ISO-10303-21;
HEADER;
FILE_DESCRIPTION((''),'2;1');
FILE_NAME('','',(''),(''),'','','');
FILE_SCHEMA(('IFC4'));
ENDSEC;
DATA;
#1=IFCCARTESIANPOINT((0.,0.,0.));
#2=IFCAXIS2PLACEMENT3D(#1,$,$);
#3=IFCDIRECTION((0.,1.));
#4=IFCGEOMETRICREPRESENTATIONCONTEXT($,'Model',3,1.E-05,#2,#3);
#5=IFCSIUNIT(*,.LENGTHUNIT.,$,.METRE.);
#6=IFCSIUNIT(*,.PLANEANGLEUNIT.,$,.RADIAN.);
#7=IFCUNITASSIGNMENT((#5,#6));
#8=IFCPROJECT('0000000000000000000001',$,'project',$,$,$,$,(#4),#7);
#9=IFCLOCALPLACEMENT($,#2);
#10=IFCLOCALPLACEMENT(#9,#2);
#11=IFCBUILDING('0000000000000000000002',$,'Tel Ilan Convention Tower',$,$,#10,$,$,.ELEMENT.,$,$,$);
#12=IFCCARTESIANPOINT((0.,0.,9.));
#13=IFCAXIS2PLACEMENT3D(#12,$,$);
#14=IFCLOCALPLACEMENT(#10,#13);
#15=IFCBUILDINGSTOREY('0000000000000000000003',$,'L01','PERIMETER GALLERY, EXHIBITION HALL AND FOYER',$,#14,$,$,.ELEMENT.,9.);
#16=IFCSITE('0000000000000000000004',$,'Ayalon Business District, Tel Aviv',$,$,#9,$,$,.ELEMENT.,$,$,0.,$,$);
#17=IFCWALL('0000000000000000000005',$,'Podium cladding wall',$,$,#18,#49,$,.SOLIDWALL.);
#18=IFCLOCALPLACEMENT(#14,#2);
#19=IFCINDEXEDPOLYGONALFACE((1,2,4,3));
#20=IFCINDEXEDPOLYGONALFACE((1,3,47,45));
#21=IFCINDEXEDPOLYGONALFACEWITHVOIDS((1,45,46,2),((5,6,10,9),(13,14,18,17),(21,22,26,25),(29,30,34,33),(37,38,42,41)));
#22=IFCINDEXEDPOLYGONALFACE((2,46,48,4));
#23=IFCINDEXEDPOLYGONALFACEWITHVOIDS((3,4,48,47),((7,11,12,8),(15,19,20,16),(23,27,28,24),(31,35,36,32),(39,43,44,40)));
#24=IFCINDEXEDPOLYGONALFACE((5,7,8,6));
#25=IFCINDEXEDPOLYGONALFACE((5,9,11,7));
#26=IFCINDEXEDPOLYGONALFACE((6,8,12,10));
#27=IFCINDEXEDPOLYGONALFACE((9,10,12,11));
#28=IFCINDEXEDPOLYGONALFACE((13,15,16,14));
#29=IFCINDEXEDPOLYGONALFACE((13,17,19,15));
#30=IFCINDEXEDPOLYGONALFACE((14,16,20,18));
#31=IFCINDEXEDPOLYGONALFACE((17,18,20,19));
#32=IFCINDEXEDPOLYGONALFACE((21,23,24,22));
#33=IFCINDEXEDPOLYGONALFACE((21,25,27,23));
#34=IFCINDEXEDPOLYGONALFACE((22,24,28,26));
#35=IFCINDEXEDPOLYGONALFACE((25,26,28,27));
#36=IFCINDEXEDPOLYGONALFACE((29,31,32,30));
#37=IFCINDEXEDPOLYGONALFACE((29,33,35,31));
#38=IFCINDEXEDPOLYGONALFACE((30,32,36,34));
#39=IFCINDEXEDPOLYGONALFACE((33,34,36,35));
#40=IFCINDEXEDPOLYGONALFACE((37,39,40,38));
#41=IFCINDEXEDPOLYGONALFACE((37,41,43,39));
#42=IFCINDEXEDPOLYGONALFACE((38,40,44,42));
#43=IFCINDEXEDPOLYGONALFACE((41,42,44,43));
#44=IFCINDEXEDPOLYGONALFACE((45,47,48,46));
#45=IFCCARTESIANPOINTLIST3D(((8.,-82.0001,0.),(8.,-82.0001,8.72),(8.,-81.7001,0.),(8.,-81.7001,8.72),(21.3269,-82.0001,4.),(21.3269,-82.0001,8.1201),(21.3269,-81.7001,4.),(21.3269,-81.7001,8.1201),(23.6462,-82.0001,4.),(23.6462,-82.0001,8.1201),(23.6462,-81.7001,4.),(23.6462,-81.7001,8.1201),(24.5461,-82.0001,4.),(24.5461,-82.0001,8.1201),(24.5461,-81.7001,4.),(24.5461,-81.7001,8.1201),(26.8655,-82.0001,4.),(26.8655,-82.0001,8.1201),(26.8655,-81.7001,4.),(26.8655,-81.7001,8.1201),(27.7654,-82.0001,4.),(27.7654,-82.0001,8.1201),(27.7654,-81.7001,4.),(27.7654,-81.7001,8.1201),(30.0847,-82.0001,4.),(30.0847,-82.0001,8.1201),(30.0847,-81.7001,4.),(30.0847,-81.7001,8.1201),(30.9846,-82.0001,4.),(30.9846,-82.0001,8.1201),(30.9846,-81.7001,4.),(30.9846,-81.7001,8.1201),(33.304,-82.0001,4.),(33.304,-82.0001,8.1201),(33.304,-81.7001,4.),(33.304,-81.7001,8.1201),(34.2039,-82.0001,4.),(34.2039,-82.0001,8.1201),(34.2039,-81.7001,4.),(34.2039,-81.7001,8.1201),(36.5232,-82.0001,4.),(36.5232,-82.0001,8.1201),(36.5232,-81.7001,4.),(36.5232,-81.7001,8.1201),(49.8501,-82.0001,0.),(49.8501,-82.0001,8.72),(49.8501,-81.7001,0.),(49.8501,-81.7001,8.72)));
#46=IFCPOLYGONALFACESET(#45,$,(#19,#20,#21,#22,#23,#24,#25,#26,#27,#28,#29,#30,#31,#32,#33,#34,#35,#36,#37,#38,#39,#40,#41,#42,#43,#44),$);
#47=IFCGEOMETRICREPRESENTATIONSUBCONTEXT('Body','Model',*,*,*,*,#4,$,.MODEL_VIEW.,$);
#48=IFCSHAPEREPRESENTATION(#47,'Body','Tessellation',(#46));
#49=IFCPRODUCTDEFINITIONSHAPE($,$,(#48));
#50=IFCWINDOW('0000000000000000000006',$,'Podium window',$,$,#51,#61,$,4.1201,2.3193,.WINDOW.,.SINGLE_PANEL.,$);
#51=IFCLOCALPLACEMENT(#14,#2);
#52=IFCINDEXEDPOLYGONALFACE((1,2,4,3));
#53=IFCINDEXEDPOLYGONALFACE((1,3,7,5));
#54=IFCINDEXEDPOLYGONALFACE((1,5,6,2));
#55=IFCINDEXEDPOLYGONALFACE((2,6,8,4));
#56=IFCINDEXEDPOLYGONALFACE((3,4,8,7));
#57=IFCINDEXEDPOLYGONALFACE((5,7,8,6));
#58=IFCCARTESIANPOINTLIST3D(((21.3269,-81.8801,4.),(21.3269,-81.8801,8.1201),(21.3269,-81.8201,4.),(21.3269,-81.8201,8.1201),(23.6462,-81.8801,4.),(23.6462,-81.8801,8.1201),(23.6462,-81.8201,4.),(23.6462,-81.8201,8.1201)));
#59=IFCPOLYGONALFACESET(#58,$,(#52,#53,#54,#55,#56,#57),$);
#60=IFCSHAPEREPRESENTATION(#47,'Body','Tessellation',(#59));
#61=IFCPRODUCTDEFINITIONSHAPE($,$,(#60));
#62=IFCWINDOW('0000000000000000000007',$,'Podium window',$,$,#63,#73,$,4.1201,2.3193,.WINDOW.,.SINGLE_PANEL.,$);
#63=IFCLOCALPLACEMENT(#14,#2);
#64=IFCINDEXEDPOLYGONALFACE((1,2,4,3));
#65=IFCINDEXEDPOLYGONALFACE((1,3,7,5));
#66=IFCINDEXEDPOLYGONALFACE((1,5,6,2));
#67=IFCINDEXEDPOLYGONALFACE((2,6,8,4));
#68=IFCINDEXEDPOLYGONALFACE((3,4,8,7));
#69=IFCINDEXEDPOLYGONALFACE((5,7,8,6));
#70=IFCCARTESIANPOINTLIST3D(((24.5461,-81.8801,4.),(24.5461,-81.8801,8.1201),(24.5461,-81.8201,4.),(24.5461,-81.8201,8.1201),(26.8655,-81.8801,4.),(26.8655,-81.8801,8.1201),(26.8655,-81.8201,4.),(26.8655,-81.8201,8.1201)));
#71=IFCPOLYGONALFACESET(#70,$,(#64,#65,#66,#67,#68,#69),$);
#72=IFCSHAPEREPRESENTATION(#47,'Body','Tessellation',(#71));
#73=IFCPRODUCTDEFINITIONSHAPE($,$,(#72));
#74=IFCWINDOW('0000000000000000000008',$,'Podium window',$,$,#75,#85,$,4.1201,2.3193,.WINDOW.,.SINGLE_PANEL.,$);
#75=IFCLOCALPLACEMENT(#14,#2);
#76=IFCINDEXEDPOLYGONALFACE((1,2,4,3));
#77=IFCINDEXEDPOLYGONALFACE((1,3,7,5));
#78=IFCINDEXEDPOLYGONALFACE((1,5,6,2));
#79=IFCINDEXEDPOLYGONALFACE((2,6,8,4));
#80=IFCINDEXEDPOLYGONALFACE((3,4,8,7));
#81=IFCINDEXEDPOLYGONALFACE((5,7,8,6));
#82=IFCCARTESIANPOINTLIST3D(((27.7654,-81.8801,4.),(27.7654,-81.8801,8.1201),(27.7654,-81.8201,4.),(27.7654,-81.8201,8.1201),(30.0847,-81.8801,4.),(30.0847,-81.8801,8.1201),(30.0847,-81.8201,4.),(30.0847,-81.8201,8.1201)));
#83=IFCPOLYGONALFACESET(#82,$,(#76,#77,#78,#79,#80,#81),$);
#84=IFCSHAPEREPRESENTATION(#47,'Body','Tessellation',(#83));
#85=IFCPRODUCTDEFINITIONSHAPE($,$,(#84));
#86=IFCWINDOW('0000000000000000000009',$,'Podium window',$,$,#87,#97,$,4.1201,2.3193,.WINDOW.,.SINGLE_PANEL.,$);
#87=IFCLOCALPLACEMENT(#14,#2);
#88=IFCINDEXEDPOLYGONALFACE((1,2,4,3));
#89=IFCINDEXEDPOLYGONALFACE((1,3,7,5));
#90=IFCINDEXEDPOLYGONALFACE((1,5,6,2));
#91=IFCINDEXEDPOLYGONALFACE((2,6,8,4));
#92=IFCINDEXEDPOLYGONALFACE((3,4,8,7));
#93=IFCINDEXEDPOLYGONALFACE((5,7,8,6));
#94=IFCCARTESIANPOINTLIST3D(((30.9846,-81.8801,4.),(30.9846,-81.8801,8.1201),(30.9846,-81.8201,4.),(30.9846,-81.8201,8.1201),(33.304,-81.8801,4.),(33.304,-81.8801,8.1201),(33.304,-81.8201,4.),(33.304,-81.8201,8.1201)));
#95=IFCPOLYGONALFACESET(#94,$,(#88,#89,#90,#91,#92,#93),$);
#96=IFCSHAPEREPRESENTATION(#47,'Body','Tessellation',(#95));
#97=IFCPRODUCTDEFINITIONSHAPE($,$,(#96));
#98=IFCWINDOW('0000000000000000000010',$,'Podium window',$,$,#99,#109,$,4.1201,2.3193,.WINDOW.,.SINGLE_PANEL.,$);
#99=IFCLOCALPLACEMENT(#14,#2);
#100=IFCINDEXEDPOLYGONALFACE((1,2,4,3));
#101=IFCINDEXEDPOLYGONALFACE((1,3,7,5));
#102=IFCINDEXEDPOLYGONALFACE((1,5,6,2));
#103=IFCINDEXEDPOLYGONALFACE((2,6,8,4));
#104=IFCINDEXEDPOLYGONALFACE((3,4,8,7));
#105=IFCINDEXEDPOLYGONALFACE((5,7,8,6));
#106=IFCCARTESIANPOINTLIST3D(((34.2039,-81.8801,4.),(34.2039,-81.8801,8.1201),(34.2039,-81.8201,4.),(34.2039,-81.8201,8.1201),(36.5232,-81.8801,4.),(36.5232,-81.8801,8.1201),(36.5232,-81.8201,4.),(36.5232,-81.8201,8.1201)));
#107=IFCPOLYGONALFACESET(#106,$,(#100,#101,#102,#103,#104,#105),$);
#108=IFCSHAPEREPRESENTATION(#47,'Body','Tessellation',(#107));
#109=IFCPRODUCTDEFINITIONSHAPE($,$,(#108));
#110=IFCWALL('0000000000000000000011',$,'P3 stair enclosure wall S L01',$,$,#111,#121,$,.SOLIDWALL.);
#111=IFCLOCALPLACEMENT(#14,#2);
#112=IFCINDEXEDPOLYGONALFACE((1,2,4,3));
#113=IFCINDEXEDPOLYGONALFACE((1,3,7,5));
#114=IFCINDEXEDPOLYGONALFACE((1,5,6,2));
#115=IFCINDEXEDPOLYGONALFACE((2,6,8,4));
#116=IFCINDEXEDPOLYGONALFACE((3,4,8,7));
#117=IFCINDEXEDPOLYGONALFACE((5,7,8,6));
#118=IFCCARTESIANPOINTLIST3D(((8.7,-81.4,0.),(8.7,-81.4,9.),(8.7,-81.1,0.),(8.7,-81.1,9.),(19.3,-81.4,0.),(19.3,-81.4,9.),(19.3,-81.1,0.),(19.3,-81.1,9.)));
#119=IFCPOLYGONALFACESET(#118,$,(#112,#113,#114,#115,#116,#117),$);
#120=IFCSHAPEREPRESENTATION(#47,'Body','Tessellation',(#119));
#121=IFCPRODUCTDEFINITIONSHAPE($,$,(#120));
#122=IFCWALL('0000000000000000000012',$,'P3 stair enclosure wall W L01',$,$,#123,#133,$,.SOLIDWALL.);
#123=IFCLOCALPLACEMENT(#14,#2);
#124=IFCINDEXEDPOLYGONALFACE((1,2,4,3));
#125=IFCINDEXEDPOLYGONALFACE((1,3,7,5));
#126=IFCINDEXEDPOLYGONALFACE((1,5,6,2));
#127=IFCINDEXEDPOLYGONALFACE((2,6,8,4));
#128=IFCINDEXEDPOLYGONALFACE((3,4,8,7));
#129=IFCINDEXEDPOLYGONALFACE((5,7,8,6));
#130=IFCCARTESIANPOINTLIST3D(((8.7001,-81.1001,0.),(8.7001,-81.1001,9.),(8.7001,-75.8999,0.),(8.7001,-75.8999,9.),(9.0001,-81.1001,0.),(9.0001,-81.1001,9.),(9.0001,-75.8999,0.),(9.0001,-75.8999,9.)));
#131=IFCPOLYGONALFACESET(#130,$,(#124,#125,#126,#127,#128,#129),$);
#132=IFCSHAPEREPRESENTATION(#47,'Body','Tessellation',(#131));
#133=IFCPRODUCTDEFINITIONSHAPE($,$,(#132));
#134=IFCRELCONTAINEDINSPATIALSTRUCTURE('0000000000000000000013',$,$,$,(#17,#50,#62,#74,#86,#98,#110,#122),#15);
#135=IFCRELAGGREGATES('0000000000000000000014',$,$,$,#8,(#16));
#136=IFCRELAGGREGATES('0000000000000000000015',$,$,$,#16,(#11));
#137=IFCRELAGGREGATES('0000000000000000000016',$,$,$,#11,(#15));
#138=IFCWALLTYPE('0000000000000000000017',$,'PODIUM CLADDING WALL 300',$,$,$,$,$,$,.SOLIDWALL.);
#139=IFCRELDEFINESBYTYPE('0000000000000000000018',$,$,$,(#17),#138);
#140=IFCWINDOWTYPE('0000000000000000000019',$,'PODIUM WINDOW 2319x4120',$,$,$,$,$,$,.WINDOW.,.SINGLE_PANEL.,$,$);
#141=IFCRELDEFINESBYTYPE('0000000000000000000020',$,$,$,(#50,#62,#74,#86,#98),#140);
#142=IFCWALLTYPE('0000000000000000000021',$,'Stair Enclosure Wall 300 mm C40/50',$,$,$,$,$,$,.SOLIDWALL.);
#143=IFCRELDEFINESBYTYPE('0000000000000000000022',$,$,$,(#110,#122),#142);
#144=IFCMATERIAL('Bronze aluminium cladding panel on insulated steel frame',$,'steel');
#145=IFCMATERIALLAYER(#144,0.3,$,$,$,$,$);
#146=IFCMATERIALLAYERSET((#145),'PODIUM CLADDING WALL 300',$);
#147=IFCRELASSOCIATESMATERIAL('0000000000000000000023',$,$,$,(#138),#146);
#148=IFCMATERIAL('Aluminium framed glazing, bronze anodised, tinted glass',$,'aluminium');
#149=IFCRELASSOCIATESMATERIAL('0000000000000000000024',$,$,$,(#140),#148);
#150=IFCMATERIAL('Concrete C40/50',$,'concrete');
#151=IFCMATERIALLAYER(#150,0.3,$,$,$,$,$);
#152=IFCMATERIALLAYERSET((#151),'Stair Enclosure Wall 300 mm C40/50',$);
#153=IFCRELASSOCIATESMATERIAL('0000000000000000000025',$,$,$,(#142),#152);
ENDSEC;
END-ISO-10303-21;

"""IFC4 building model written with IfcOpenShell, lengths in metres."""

from ifc_helpers import new_model, si_unit, direction, frame, frame_2d, origin, place, context, subcontext, project, spatial, rectangle, extrude, material, layer, layer_set, type_object, element, fill, save


model = new_model("IFC4")

# Units and contexts
model_context = context("Model", 3, precision=1e-05, world=origin(), true_north=direction((0.0, 1.0)))
body_context = subcontext(model_context, "Body", "Model", "MODEL_VIEW")
ifc_project = project(units=[si_unit("LENGTHUNIT", "METRE"), si_unit("PLANEANGLEUNIT", "RADIAN")], contexts=[model_context])

# Site, building, storey
site_placement = place(None, origin())
site = spatial("IfcSite", under=ifc_project, at=site_placement, Name="Ayalon Business District, Tel Aviv", CompositionType="ELEMENT", RefElevation=0.0)
building_placement = place(site_placement, origin())
building = spatial("IfcBuilding", under=site, at=building_placement, Name="Tel Ilan Convention Tower", CompositionType="ELEMENT")
storey_placement = place(building_placement, frame((0.0, 0.0, 9.0)))
storey = spatial("IfcBuildingStorey", under=building, at=storey_placement, Name="L01", Description="PERIMETER GALLERY, EXHIBITION HALL AND FOYER", CompositionType="ELEMENT", Elevation=9.0)

# Wall, openings, windows
ifc_material_1 = material(Name="Bronze aluminium cladding panel on insulated steel frame", Category="steel")
ifc_layer_1 = layer(ifc_material_1, 0.3)
ifc_layer_set_1 = layer_set([ifc_layer_1], Name="PODIUM CLADDING WALL 300")
wall_type_1 = type_object("IfcWallType", Name="PODIUM CLADDING WALL 300", PredefinedType="SOLIDWALL", material=ifc_layer_set_1)
wall_1_placement = place(storey_placement, frame((8.0, -81.8501, 0.0), z_axis=(0.0, 0.0, 1.0), x_axis=(1.0, 0.0, 0.0)))
wall_1 = element("IfcWall", 1, at=wall_1_placement, inside=storey, type_object=wall_type_1, Name="Podium cladding wall", PredefinedType="SOLIDWALL", context=body_context, shape_type="SweptSolid", body=[
    extrude(rectangle(XDim=41.8501, YDim=0.3, at=frame_2d((20.925, 0.0))), origin(), (0.0, 0.0, 1.0), 8.72),
])
opening_1_placement = place(wall_1_placement, frame((13.3269, 0.0, 4.0)))
opening_1 = element("IfcOpeningElement", 2, at=opening_1_placement, cuts=wall_1, PredefinedType="OPENING", context=body_context, shape_type="SweptSolid", body=[
    extrude(rectangle(XDim=2.3193, YDim=4.1201, at=frame_2d((1.1597, 2.0601))), frame((0.0, 0.1599, 0.0), z_axis=(0.0, -1.0, 0.0), x_axis=(1.0, 0.0, 0.0)), (0.0, 0.0, 1.0), 0.3201),
])
opening_2_placement = place(wall_1_placement, frame((16.5461, 0.0, 4.0)))
opening_2 = element("IfcOpeningElement", 3, at=opening_2_placement, cuts=wall_1, PredefinedType="OPENING", context=body_context, shape_type="SweptSolid", body=[
    extrude(rectangle(XDim=2.3193, YDim=4.1201, at=frame_2d((1.1597, 2.0601))), frame((0.0, 0.1599, 0.0), z_axis=(0.0, -1.0, 0.0), x_axis=(1.0, 0.0, 0.0)), (0.0, 0.0, 1.0), 0.3201),
])
opening_3_placement = place(wall_1_placement, frame((19.7654, 0.0, 4.0)))
opening_3 = element("IfcOpeningElement", 4, at=opening_3_placement, cuts=wall_1, PredefinedType="OPENING", context=body_context, shape_type="SweptSolid", body=[
    extrude(rectangle(XDim=2.3193, YDim=4.1201, at=frame_2d((1.1597, 2.0601))), frame((0.0, 0.1599, 0.0), z_axis=(0.0, -1.0, 0.0), x_axis=(1.0, 0.0, 0.0)), (0.0, 0.0, 1.0), 0.3201),
])
opening_4_placement = place(wall_1_placement, frame((22.9846, 0.0, 4.0)))
opening_4 = element("IfcOpeningElement", 5, at=opening_4_placement, cuts=wall_1, PredefinedType="OPENING", context=body_context, shape_type="SweptSolid", body=[
    extrude(rectangle(XDim=2.3193, YDim=4.1201, at=frame_2d((1.1597, 2.0601))), frame((0.0, 0.1599, 0.0), z_axis=(0.0, -1.0, 0.0), x_axis=(1.0, 0.0, 0.0)), (0.0, 0.0, 1.0), 0.3201),
])
opening_5_placement = place(wall_1_placement, frame((26.2039, 0.0, 4.0)))
opening_5 = element("IfcOpeningElement", 6, at=opening_5_placement, cuts=wall_1, PredefinedType="OPENING", context=body_context, shape_type="SweptSolid", body=[
    extrude(rectangle(XDim=2.3193, YDim=4.1201, at=frame_2d((1.1597, 2.0601))), frame((0.0, 0.1599, 0.0), z_axis=(0.0, -1.0, 0.0), x_axis=(1.0, 0.0, 0.0)), (0.0, 0.0, 1.0), 0.3201),
])
ifc_material_2 = material(Name="Aluminium framed glazing, bronze anodised, tinted glass", Category="aluminium")
window_type = type_object("IfcWindowType", Name="PODIUM WINDOW 2319x4120", PartitioningType="SINGLE_PANEL", PredefinedType="WINDOW", material=ifc_material_2)
window_1_placement = place(opening_1_placement, origin())
window_1 = element("IfcWindow", 7, at=window_1_placement, inside=storey, type_object=window_type, Name="Podium window", OverallHeight=4.1201, OverallWidth=2.3193, PartitioningType="SINGLE_PANEL", PredefinedType="WINDOW", context=body_context, shape_type="SweptSolid", body=[
    extrude(rectangle(XDim=2.3193, YDim=4.1201, at=frame_2d((1.1597, 2.0601))), frame((0.0, 0.03, 0.0), z_axis=(0.0, -1.0, 0.0), x_axis=(1.0, 0.0, 0.0)), (0.0, 0.0, 1.0), 0.0601),
])
fill(opening_1, window_1)
window_2_placement = place(opening_2_placement, origin())
window_2 = element("IfcWindow", 8, at=window_2_placement, inside=storey, type_object=window_type, Name="Podium window", OverallHeight=4.1201, OverallWidth=2.3193, PartitioningType="SINGLE_PANEL", PredefinedType="WINDOW", context=body_context, shape_type="SweptSolid", body=[
    extrude(rectangle(XDim=2.3193, YDim=4.1201, at=frame_2d((1.1597, 2.0601))), frame((0.0, 0.03, 0.0), z_axis=(0.0, -1.0, 0.0), x_axis=(1.0, 0.0, 0.0)), (0.0, 0.0, 1.0), 0.0601),
])
fill(opening_2, window_2)
window_3_placement = place(opening_3_placement, origin())
window_3 = element("IfcWindow", 9, at=window_3_placement, inside=storey, type_object=window_type, Name="Podium window", OverallHeight=4.1201, OverallWidth=2.3193, PartitioningType="SINGLE_PANEL", PredefinedType="WINDOW", context=body_context, shape_type="SweptSolid", body=[
    extrude(rectangle(XDim=2.3193, YDim=4.1201, at=frame_2d((1.1597, 2.0601))), frame((0.0, 0.03, 0.0), z_axis=(0.0, -1.0, 0.0), x_axis=(1.0, 0.0, 0.0)), (0.0, 0.0, 1.0), 0.0601),
])
fill(opening_3, window_3)
window_4_placement = place(opening_4_placement, origin())
window_4 = element("IfcWindow", 10, at=window_4_placement, inside=storey, type_object=window_type, Name="Podium window", OverallHeight=4.1201, OverallWidth=2.3193, PartitioningType="SINGLE_PANEL", PredefinedType="WINDOW", context=body_context, shape_type="SweptSolid", body=[
    extrude(rectangle(XDim=2.3193, YDim=4.1201, at=frame_2d((1.1597, 2.0601))), frame((0.0, 0.03, 0.0), z_axis=(0.0, -1.0, 0.0), x_axis=(1.0, 0.0, 0.0)), (0.0, 0.0, 1.0), 0.0601),
])
fill(opening_4, window_4)
window_5_placement = place(opening_5_placement, origin())
window_5 = element("IfcWindow", 11, at=window_5_placement, inside=storey, type_object=window_type, Name="Podium window", OverallHeight=4.1201, OverallWidth=2.3193, PartitioningType="SINGLE_PANEL", PredefinedType="WINDOW", context=body_context, shape_type="SweptSolid", body=[
    extrude(rectangle(XDim=2.3193, YDim=4.1201, at=frame_2d((1.1597, 2.0601))), frame((0.0, 0.03, 0.0), z_axis=(0.0, -1.0, 0.0), x_axis=(1.0, 0.0, 0.0)), (0.0, 0.0, 1.0), 0.0601),
])
fill(opening_5, window_5)

# Walls
ifc_material_3 = material(Name="Concrete C40/50", Category="concrete")
ifc_layer_2 = layer(ifc_material_3, 0.3)
ifc_layer_set_2 = layer_set([ifc_layer_2], Name="Stair Enclosure Wall 300 mm C40/50")
wall_type_2 = type_object("IfcWallType", Name="Stair Enclosure Wall 300 mm C40/50", PredefinedType="SOLIDWALL", material=ifc_layer_set_2)
wall_2_placement = place(storey_placement, frame((8.7, -81.25, 0.0), z_axis=(0.0, 0.0, 1.0), x_axis=(1.0, 0.0, 0.0)))
element("IfcWall", 12, at=wall_2_placement, inside=storey, type_object=wall_type_2, Name="P3 stair enclosure wall S L01", PredefinedType="SOLIDWALL", context=body_context, shape_type="SweptSolid", body=[
    extrude(rectangle(XDim=10.6001, YDim=0.3, at=frame_2d((5.3, 0.0))), origin(), (0.0, 0.0, 1.0), 9.0),
])
wall_3_placement = place(storey_placement, frame((8.8501, -81.1001, 0.0), z_axis=(0.0, 0.0, 1.0), x_axis=(0.0, 1.0, 0.0)))
element("IfcWall", 13, at=wall_3_placement, inside=storey, type_object=wall_type_2, Name="P3 stair enclosure wall W L01", PredefinedType="SOLIDWALL", context=body_context, shape_type="SweptSolid", body=[
    extrude(rectangle(XDim=5.2002, YDim=0.3, at=frame_2d((2.6001, 0.0))), origin(), (0.0, 0.0, 1.0), 9.0),
])

save(model, "model.ifc")
